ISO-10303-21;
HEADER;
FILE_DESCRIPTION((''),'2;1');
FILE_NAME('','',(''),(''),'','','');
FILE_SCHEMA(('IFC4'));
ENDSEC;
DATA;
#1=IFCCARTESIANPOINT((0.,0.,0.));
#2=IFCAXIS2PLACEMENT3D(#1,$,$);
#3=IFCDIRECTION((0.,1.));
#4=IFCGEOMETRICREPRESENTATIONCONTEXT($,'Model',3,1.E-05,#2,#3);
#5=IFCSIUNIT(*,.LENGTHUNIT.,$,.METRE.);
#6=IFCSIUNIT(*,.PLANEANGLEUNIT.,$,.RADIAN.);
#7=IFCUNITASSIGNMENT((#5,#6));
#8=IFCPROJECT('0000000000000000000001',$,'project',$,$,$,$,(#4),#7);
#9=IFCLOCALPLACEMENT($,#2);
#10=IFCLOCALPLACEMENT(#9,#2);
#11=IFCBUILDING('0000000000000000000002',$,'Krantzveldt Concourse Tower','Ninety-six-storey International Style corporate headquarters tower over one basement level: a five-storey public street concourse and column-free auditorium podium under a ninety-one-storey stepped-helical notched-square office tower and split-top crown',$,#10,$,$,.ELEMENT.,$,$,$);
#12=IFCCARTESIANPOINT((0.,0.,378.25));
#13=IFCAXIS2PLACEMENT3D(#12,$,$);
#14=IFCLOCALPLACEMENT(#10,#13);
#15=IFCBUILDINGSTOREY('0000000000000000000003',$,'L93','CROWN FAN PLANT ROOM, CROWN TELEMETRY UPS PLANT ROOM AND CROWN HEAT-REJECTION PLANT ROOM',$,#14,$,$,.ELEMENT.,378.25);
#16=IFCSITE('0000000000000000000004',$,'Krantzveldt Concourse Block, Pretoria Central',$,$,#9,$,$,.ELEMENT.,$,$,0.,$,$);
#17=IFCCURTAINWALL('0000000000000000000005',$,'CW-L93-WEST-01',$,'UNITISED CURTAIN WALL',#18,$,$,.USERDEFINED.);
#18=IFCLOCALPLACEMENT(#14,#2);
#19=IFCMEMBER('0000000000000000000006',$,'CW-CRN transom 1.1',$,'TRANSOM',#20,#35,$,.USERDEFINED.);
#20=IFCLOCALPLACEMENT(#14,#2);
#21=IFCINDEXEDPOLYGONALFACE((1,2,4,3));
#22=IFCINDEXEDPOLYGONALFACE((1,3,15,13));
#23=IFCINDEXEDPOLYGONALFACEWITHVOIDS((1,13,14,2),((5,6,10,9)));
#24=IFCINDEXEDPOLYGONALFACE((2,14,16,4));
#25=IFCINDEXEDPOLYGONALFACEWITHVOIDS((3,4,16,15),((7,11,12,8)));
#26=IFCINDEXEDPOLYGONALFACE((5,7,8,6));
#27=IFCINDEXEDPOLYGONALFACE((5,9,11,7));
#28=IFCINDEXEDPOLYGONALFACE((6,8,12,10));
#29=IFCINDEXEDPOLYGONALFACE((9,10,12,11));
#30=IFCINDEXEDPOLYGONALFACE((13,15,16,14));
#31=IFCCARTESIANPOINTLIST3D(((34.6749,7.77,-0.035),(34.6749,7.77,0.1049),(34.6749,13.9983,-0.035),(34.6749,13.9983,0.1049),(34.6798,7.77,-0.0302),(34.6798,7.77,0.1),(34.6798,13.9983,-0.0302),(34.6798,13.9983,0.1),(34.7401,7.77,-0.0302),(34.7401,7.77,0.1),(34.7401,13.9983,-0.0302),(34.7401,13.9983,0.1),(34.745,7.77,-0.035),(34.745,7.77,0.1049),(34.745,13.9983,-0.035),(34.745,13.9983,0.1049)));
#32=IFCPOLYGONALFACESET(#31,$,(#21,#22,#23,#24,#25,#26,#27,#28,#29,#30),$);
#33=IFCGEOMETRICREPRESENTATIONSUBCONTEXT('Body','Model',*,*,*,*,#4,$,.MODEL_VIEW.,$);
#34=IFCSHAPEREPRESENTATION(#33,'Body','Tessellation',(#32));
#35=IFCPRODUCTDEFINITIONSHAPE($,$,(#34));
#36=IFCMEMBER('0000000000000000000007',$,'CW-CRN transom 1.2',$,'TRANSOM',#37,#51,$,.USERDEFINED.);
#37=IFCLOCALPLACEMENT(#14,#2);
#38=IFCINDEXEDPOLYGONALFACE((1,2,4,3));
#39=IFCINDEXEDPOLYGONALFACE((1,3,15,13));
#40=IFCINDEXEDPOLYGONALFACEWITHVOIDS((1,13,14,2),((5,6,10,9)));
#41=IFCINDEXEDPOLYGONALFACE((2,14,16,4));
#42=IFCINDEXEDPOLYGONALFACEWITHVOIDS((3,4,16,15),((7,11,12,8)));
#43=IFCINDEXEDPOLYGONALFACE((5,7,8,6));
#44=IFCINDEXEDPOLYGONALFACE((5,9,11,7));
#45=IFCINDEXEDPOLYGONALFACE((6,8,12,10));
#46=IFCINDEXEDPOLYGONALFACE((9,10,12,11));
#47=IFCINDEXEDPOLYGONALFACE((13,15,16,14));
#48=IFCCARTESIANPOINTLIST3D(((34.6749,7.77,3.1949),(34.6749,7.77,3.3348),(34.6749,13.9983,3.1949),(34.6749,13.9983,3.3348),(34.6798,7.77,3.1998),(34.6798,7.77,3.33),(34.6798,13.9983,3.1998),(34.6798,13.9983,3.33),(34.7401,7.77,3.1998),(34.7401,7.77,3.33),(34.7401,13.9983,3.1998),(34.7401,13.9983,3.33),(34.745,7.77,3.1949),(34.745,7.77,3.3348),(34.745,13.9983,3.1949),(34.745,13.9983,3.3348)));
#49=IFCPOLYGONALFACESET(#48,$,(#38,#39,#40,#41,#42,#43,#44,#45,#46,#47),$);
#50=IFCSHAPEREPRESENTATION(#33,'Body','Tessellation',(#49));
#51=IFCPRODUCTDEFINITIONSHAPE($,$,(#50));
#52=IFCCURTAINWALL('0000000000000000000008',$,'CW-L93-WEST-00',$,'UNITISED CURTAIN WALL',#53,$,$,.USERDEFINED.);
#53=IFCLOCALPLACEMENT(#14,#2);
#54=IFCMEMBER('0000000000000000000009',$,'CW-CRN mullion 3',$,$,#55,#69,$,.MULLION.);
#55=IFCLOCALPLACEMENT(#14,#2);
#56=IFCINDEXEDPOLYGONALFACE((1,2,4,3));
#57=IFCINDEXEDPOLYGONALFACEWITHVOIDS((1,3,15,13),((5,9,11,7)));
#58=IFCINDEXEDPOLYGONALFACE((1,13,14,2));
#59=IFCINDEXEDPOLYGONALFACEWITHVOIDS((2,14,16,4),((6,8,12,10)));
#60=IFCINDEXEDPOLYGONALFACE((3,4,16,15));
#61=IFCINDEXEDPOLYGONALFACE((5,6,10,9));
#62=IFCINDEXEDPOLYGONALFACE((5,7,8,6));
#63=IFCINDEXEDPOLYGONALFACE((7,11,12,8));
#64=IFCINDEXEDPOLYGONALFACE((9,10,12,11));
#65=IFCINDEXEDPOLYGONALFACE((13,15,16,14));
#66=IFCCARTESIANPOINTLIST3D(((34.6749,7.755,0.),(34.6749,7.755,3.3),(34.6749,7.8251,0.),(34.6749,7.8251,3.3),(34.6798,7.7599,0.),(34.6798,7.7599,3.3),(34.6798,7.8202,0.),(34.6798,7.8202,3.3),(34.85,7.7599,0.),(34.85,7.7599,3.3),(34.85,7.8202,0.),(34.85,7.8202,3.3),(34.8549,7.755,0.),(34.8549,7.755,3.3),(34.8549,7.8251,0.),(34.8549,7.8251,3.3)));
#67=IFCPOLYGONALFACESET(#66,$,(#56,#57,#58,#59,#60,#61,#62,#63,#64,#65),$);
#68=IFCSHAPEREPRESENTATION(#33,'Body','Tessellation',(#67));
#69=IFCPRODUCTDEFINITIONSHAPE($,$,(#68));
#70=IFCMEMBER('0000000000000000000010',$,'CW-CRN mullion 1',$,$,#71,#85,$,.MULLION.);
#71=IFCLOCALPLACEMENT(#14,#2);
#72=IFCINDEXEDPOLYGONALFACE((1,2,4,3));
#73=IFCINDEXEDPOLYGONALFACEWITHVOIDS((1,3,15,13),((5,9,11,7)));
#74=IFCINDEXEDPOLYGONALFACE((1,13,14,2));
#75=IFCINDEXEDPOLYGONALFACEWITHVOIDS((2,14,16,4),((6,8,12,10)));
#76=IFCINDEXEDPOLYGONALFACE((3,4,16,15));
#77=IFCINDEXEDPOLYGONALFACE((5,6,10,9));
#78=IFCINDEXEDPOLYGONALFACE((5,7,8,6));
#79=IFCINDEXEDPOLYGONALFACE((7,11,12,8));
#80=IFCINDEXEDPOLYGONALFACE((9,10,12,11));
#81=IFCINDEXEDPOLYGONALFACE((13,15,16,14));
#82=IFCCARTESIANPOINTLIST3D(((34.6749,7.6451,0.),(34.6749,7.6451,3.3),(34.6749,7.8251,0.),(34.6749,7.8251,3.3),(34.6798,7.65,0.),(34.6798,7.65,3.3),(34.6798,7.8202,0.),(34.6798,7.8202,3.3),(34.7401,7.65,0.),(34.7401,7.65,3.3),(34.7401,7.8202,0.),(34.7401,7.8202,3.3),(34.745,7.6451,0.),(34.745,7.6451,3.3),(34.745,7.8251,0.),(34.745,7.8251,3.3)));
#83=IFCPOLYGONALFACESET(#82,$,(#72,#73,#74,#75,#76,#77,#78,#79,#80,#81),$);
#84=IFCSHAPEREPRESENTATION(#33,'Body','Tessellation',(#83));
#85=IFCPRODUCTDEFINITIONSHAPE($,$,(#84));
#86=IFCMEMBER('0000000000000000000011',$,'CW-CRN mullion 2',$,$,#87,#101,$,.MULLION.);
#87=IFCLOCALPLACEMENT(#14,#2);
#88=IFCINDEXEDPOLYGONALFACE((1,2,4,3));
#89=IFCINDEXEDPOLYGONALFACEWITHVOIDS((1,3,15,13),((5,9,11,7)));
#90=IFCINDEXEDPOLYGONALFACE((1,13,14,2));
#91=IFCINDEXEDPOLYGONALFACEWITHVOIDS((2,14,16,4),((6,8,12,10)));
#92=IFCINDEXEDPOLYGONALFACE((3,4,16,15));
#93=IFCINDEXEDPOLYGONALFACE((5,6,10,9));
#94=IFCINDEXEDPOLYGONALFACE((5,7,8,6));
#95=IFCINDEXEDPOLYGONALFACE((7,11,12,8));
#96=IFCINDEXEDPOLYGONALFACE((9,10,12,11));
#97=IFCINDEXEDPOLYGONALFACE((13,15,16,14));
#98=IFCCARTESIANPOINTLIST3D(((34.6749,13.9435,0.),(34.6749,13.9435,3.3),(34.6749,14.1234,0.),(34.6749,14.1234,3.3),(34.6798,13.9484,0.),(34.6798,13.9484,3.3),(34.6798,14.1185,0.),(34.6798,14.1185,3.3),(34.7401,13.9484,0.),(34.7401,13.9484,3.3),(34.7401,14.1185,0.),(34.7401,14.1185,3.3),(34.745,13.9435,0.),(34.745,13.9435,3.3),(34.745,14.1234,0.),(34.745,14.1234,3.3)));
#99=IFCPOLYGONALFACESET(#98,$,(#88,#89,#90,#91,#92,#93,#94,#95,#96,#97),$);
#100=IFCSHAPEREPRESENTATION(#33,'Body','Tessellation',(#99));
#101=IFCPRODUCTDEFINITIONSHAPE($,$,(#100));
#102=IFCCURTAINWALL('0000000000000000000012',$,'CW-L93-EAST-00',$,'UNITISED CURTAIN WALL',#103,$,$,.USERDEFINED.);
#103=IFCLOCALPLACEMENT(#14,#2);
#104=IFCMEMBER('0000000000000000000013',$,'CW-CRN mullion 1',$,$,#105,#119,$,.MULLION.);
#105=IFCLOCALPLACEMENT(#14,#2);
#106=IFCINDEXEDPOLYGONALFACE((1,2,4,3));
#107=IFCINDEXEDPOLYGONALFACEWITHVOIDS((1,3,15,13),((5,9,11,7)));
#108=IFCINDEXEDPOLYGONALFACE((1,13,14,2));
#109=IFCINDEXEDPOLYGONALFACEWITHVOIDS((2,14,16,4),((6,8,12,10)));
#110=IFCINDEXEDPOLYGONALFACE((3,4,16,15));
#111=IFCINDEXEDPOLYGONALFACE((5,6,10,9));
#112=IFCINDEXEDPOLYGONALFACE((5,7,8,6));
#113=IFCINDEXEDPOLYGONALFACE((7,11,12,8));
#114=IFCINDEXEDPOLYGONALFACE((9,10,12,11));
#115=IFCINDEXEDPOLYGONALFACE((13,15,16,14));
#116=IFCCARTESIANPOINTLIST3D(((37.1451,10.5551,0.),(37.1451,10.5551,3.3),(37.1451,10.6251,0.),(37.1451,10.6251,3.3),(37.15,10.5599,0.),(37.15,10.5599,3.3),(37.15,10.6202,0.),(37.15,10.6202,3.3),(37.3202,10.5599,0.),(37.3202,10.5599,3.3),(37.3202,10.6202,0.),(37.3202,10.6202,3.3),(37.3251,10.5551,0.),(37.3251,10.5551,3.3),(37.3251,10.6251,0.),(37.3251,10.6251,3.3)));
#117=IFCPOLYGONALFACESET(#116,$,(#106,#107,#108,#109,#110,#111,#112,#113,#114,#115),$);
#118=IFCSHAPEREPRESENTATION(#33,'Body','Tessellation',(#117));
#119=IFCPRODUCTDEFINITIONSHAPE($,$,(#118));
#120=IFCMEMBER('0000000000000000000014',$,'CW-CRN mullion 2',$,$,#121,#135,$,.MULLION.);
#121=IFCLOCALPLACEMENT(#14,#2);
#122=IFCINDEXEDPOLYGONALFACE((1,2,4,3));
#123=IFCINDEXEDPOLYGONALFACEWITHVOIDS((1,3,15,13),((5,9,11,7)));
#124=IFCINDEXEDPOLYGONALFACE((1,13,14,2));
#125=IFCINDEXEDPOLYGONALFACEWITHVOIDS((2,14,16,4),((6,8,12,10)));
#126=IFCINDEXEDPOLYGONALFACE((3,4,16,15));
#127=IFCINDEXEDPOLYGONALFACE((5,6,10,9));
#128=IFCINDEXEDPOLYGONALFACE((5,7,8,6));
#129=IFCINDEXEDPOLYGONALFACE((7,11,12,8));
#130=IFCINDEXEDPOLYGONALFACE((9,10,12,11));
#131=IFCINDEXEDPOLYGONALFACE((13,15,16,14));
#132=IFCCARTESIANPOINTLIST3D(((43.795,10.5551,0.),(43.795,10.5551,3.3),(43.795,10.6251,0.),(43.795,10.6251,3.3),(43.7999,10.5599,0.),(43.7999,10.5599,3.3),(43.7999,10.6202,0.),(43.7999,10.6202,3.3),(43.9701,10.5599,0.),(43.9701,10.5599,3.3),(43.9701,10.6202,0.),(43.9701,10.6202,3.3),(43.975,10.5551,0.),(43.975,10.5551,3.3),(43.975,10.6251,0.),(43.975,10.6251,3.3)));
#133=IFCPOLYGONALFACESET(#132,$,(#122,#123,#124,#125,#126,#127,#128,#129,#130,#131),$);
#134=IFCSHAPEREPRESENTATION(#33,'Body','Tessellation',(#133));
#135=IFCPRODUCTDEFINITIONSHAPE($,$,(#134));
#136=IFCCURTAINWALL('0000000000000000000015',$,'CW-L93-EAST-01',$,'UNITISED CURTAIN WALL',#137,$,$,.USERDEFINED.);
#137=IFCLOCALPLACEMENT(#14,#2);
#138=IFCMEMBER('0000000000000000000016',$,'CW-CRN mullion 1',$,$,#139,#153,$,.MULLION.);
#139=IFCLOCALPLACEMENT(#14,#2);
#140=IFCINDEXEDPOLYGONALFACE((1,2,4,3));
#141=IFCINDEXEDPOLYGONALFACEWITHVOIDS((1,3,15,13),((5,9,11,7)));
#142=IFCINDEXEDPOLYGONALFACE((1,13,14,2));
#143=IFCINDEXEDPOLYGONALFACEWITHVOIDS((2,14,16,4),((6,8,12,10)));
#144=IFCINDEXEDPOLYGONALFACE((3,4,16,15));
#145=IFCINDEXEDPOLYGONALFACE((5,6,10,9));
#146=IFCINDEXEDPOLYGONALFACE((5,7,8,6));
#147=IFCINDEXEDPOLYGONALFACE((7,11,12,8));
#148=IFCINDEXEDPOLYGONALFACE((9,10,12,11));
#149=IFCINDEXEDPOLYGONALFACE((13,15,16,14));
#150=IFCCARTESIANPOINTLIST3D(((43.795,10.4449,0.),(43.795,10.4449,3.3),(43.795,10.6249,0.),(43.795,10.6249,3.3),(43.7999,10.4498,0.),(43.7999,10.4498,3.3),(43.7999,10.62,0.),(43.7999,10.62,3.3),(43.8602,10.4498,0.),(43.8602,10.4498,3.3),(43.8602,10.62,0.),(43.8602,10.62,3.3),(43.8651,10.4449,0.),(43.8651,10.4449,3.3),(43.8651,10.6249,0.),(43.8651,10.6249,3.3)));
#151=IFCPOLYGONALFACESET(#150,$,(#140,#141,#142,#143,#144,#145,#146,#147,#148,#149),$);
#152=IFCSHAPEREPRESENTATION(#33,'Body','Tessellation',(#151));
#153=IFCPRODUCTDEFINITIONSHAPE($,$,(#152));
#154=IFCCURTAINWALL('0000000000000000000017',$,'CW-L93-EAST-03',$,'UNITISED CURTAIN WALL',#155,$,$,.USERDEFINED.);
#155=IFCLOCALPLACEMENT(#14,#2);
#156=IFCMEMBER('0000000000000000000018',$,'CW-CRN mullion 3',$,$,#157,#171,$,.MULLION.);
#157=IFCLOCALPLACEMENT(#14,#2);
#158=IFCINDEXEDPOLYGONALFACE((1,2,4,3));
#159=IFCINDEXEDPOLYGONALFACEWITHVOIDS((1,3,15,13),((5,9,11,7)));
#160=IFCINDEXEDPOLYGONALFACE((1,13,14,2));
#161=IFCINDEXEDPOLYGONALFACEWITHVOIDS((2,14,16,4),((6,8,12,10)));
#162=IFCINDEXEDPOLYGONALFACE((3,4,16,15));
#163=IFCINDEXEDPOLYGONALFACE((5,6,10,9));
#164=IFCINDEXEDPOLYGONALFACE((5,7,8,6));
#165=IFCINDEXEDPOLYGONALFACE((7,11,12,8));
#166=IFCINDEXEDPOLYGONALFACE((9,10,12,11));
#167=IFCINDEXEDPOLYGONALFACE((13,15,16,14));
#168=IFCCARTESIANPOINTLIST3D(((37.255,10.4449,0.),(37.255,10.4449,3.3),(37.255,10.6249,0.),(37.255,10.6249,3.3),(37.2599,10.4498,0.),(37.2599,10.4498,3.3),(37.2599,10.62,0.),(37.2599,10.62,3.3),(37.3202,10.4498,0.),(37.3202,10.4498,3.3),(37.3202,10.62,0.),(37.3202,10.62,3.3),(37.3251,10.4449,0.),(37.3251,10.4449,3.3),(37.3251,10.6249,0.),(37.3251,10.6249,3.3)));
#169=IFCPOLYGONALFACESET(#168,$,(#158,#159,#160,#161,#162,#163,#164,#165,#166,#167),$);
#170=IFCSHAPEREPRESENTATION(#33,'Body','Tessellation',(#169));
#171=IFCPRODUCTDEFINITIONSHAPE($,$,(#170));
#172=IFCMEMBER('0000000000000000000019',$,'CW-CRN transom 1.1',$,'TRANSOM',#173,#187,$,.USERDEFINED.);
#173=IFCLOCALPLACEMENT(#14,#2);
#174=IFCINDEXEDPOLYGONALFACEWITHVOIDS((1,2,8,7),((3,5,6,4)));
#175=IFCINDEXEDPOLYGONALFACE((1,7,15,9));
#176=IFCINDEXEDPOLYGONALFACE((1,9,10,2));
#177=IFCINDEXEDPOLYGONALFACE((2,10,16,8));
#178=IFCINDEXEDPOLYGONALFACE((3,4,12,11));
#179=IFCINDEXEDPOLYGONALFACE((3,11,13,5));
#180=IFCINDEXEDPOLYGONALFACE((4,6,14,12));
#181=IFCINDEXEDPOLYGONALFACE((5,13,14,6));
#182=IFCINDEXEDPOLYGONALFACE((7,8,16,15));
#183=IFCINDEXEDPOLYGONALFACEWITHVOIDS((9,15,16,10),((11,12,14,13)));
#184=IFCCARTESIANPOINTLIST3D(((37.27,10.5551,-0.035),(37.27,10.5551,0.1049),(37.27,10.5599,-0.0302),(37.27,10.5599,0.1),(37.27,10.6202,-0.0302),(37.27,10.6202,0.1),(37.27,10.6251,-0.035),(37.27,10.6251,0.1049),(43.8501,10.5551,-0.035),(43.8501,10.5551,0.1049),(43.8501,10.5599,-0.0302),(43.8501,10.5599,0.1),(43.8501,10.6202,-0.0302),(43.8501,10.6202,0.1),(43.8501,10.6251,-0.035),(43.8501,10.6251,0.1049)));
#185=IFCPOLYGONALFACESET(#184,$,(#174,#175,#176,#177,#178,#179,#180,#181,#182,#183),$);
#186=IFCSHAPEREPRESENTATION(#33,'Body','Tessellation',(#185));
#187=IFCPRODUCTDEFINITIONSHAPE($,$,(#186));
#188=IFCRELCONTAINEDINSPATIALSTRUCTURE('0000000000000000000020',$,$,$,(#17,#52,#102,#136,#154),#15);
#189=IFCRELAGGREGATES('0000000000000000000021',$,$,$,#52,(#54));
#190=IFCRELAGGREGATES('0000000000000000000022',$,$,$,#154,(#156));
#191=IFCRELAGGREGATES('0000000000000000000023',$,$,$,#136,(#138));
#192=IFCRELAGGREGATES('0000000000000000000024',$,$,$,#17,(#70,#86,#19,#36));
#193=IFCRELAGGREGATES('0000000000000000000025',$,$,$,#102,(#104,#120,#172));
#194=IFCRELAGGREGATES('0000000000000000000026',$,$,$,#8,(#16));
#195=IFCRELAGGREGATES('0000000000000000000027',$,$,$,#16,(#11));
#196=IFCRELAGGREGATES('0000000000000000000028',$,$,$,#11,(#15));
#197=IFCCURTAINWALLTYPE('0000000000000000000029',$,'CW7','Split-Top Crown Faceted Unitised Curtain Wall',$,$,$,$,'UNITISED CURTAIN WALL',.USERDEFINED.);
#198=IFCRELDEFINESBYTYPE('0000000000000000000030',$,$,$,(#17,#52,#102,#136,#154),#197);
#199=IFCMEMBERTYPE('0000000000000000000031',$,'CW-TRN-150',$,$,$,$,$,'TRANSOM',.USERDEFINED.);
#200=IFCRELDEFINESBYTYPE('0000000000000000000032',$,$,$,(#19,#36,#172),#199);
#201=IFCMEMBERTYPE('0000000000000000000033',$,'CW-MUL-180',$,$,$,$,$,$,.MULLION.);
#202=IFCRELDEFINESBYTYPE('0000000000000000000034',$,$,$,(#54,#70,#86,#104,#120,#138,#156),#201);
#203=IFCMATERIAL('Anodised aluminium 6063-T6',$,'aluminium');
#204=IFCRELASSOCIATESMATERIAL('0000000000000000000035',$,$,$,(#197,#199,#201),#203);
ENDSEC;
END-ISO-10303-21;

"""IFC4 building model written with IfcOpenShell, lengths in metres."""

from ifc_helpers import new_model, si_unit, direction, frame, origin, origin_2d, place, context, subcontext, project, spatial, hollow_rectangle, extrude, source, transform, mapped, material, material_profile, profile_set, type_object, type_shapes, element, aggregate, save


model = new_model("IFC4")

# Units and contexts
model_context = context("Model", 3, precision=1e-05, world=origin(), true_north=direction((0.0, 1.0)))
body_context = subcontext(model_context, "Body", "Model", "MODEL_VIEW")
ifc_project = project(units=[si_unit("LENGTHUNIT", "METRE"), si_unit("PLANEANGLEUNIT", "RADIAN")], contexts=[model_context])

# Site, building, storey
site_placement = place(None, origin())
site = spatial("IfcSite", under=ifc_project, at=site_placement, Name="Krantzveldt Concourse Block, Pretoria Central", CompositionType="ELEMENT", RefElevation=0.0)
building_placement = place(site_placement, origin())
building = spatial("IfcBuilding", under=site, at=building_placement, Name="Krantzveldt Concourse Tower", Description="Ninety-six-storey International Style corporate headquarters tower over one basement level: a five-storey public street concourse and column-free auditorium podium under a ninety-one-storey stepped-helical notched-square office tower and split-top crown", CompositionType="ELEMENT")
storey_placement = place(building_placement, frame((0.0, 0.0, 378.25)))
storey = spatial("IfcBuildingStorey", under=building, at=storey_placement, Name="L93", Description="CROWN FAN PLANT ROOM, CROWN TELEMETRY UPS PLANT ROOM AND CROWN HEAT-REJECTION PLANT ROOM", CompositionType="ELEMENT", Elevation=378.25)

# Curtain wall, members
ifc_material_1 = material(Name="Anodised aluminium 6063-T6", Category="aluminium")
curtain_wall_type = type_object("IfcCurtainWallType", Name="CW7", Description="Split-Top Crown Faceted Unitised Curtain Wall", ElementType="UNITISED CURTAIN WALL", PredefinedType="USERDEFINED", material=ifc_material_1)
curtain_wall_1_placement = place(storey_placement, origin())
curtain_wall_1 = element("IfcCurtainWall", 1, at=curtain_wall_1_placement, inside=storey, type_object=curtain_wall_type, Name="CW-L93-WEST-01", ObjectType="UNITISED CURTAIN WALL", PredefinedType="USERDEFINED")
ifc_material_profile_1 = material_profile(ifc_material_1, hollow_rectangle(XDim=0.0701, YDim=0.1399, WallThickness=0.0049, at=origin_2d()), Name="Anodised aluminium 6063-T6", Category="aluminium")
ifc_profile_set_1 = profile_set([ifc_material_profile_1], Name="Anodised aluminium 6063-T6 - ALU-TRAN 140x70x5")
member_type_1 = type_object("IfcMemberType", Name="CW-TRN-150", ElementType="TRANSOM", PredefinedType="USERDEFINED", material=ifc_profile_set_1)
shared_shape_1 = source(origin(), body_context, "Body", "SweptSolid", [
    extrude(hollow_rectangle(XDim=0.0701, YDim=0.1399, WallThickness=0.0049, at=origin_2d()), origin(), (0.0, 0.0, 1.0), 6.2283),
])
member_1_placement = place(storey_placement, frame((34.71, 7.77, 0.0349), z_axis=(0.0, 1.0, 0.0), x_axis=(-1.0, 0.0, 0.0)))
member_1 = element("IfcMember", 2, at=member_1_placement, type_object=member_type_1, Name="CW-CRN transom 1.1", ObjectType="TRANSOM", PredefinedType="USERDEFINED", context=body_context, shape_type="MappedRepresentation", body=[
    mapped(shared_shape_1, transform((0.0, 0.0, 0.0), x_axis=(1.0, 0.0, 0.0), y_axis=(0.0, 1.0, 0.0), z_axis=(0.0, 0.0, 1.0), scale=1.0)),
])
member_2_placement = place(storey_placement, frame((34.71, 7.77, 3.2649), z_axis=(0.0, 1.0, 0.0), x_axis=(-1.0, 0.0, 0.0)))
member_2 = element("IfcMember", 3, at=member_2_placement, type_object=member_type_1, Name="CW-CRN transom 1.2", ObjectType="TRANSOM", PredefinedType="USERDEFINED", context=body_context, shape_type="MappedRepresentation", body=[
    mapped(shared_shape_1, transform((0.0, 0.0, 0.0), x_axis=(1.0, 0.0, 0.0), y_axis=(0.0, 1.0, 0.0), z_axis=(0.0, 0.0, 1.0), scale=1.0)),
])

# Curtain wall, member
curtain_wall_2_placement = place(storey_placement, origin())
curtain_wall_2 = element("IfcCurtainWall", 4, at=curtain_wall_2_placement, inside=storey, type_object=curtain_wall_type, Name="CW-L93-WEST-00", ObjectType="UNITISED CURTAIN WALL", PredefinedType="USERDEFINED")
ifc_material_profile_2 = material_profile(ifc_material_1, hollow_rectangle(XDim=0.0701, YDim=0.1799, WallThickness=0.0049, at=origin_2d()), Name="Anodised aluminium 6063-T6", Category="aluminium")
ifc_profile_set_2 = profile_set([ifc_material_profile_2], Name="Anodised aluminium 6063-T6 - ALU-MULL 180x70x5")
member_type_2 = type_object("IfcMemberType", Name="CW-MUL-180", PredefinedType="MULLION", material=ifc_profile_set_2)
shared_shape_2 = source(origin(), body_context, "Body", "SweptSolid", [
    extrude(hollow_rectangle(XDim=0.0701, YDim=0.1799, WallThickness=0.0049, at=origin_2d()), origin(), (0.0, 0.0, 1.0), 3.3),
])
type_shapes(member_type_2, [shared_shape_2])
member_3_placement = place(storey_placement, frame((34.7649, 7.79, 0.0), z_axis=(0.0, 0.0, 1.0), x_axis=(0.0, 1.0, 0.0)))
member_3 = element("IfcMember", 5, at=member_3_placement, type_object=member_type_2, Name="CW-CRN mullion 3", PredefinedType="MULLION", context=body_context, shape_type="MappedRepresentation", body=[
    mapped(shared_shape_2, transform((0.0, 0.0, 0.0), x_axis=(1.0, 0.0, 0.0), y_axis=(0.0, 1.0, 0.0), z_axis=(0.0, 0.0, 1.0), scale=1.0)),
])
aggregate(curtain_wall_2, [member_3])

# Members
member_4_placement = place(storey_placement, frame((34.71, 7.7351, 0.0), z_axis=(0.0, 0.0, 1.0), x_axis=(-1.0, 0.0, 0.0)))
member_4 = element("IfcMember", 6, at=member_4_placement, type_object=member_type_2, Name="CW-CRN mullion 1", PredefinedType="MULLION", context=body_context, shape_type="MappedRepresentation", body=[
    mapped(shared_shape_2, transform((0.0, 0.0, 0.0), x_axis=(1.0, 0.0, 0.0), y_axis=(0.0, 1.0, 0.0), z_axis=(0.0, 0.0, 1.0), scale=1.0)),
])
member_5_placement = place(storey_placement, frame((34.71, 14.0334, 0.0), z_axis=(0.0, 0.0, 1.0), x_axis=(-1.0, 0.0, 0.0)))
member_5 = element("IfcMember", 7, at=member_5_placement, type_object=member_type_2, Name="CW-CRN mullion 2", PredefinedType="MULLION", context=body_context, shape_type="MappedRepresentation", body=[
    mapped(shared_shape_2, transform((0.0, 0.0, 0.0), x_axis=(1.0, 0.0, 0.0), y_axis=(0.0, 1.0, 0.0), z_axis=(0.0, 0.0, 1.0), scale=1.0)),
])

# Curtain wall, members
curtain_wall_3_placement = place(storey_placement, origin())
curtain_wall_3 = element("IfcCurtainWall", 8, at=curtain_wall_3_placement, inside=storey, type_object=curtain_wall_type, Name="CW-L93-EAST-00", ObjectType="UNITISED CURTAIN WALL", PredefinedType="USERDEFINED")
member_6_placement = place(storey_placement, frame((37.2351, 10.5901, 0.0), z_axis=(0.0, 0.0, 1.0), x_axis=(0.0, 1.0, 0.0)))
member_6 = element("IfcMember", 9, at=member_6_placement, type_object=member_type_2, Name="CW-CRN mullion 1", PredefinedType="MULLION", context=body_context, shape_type="MappedRepresentation", body=[
    mapped(shared_shape_2, transform((0.0, 0.0, 0.0), x_axis=(1.0, 0.0, 0.0), y_axis=(0.0, 1.0, 0.0), z_axis=(0.0, 0.0, 1.0), scale=1.0)),
])
member_7_placement = place(storey_placement, frame((43.885, 10.5901, 0.0), z_axis=(0.0, 0.0, 1.0), x_axis=(0.0, 1.0, 0.0)))
member_7 = element("IfcMember", 10, at=member_7_placement, type_object=member_type_2, Name="CW-CRN mullion 2", PredefinedType="MULLION", context=body_context, shape_type="MappedRepresentation", body=[
    mapped(shared_shape_2, transform((0.0, 0.0, 0.0), x_axis=(1.0, 0.0, 0.0), y_axis=(0.0, 1.0, 0.0), z_axis=(0.0, 0.0, 1.0), scale=1.0)),
])

# Curtain walls, members
curtain_wall_4_placement = place(storey_placement, origin())
curtain_wall_4 = element("IfcCurtainWall", 11, at=curtain_wall_4_placement, inside=storey, type_object=curtain_wall_type, Name="CW-L93-EAST-01", ObjectType="UNITISED CURTAIN WALL", PredefinedType="USERDEFINED")
member_8_placement = place(storey_placement, frame((43.8301, 10.5349, 0.0), z_axis=(0.0, 0.0, 1.0), x_axis=(-1.0, 0.0, 0.0)))
member_8 = element("IfcMember", 12, at=member_8_placement, type_object=member_type_2, Name="CW-CRN mullion 1", PredefinedType="MULLION", context=body_context, shape_type="MappedRepresentation", body=[
    mapped(shared_shape_2, transform((0.0, 0.0, 0.0), x_axis=(1.0, 0.0, 0.0), y_axis=(0.0, 1.0, 0.0), z_axis=(0.0, 0.0, 1.0), scale=1.0)),
])
curtain_wall_5_placement = place(storey_placement, origin())
curtain_wall_5 = element("IfcCurtainWall", 13, at=curtain_wall_5_placement, inside=storey, type_object=curtain_wall_type, Name="CW-L93-EAST-03", ObjectType="UNITISED CURTAIN WALL", PredefinedType="USERDEFINED")
member_9_placement = place(storey_placement, frame((37.29, 10.5349, 0.0), z_axis=(0.0, 0.0, 1.0), x_axis=(1.0, 0.0, 0.0)))
member_9 = element("IfcMember", 14, at=member_9_placement, type_object=member_type_2, Name="CW-CRN mullion 3", PredefinedType="MULLION", context=body_context, shape_type="MappedRepresentation", body=[
    mapped(shared_shape_2, transform((0.0, 0.0, 0.0), x_axis=(1.0, 0.0, 0.0), y_axis=(0.0, 1.0, 0.0), z_axis=(0.0, 0.0, 1.0), scale=1.0)),
])
aggregate(curtain_wall_5, [member_9])

# Member
shared_shape_3 = source(origin(), body_context, "Body", "SweptSolid", [
    extrude(hollow_rectangle(XDim=0.0701, YDim=0.1399, WallThickness=0.0049, at=origin_2d()), origin(), (0.0, 0.0, 1.0), 6.5801),
])
member_10_placement = place(storey_placement, frame((37.27, 10.5901, 0.0349), z_axis=(1.0, 0.0, 0.0), x_axis=(0.0, 1.0, 0.0)))
member_10 = element("IfcMember", 15, at=member_10_placement, type_object=member_type_1, Name="CW-CRN transom 1.1", ObjectType="TRANSOM", PredefinedType="USERDEFINED", context=body_context, shape_type="MappedRepresentation", body=[
    mapped(shared_shape_3, transform((0.0, 0.0, 0.0), x_axis=(1.0, 0.0, 0.0), y_axis=(0.0, 1.0, 0.0), z_axis=(0.0, 0.0, 1.0), scale=1.0)),
])
aggregate(curtain_wall_4, [member_8])

aggregate(curtain_wall_1, [member_4, member_5, member_1, member_2])
aggregate(curtain_wall_3, [member_6, member_7, member_10])

save(model, "model.ifc")
